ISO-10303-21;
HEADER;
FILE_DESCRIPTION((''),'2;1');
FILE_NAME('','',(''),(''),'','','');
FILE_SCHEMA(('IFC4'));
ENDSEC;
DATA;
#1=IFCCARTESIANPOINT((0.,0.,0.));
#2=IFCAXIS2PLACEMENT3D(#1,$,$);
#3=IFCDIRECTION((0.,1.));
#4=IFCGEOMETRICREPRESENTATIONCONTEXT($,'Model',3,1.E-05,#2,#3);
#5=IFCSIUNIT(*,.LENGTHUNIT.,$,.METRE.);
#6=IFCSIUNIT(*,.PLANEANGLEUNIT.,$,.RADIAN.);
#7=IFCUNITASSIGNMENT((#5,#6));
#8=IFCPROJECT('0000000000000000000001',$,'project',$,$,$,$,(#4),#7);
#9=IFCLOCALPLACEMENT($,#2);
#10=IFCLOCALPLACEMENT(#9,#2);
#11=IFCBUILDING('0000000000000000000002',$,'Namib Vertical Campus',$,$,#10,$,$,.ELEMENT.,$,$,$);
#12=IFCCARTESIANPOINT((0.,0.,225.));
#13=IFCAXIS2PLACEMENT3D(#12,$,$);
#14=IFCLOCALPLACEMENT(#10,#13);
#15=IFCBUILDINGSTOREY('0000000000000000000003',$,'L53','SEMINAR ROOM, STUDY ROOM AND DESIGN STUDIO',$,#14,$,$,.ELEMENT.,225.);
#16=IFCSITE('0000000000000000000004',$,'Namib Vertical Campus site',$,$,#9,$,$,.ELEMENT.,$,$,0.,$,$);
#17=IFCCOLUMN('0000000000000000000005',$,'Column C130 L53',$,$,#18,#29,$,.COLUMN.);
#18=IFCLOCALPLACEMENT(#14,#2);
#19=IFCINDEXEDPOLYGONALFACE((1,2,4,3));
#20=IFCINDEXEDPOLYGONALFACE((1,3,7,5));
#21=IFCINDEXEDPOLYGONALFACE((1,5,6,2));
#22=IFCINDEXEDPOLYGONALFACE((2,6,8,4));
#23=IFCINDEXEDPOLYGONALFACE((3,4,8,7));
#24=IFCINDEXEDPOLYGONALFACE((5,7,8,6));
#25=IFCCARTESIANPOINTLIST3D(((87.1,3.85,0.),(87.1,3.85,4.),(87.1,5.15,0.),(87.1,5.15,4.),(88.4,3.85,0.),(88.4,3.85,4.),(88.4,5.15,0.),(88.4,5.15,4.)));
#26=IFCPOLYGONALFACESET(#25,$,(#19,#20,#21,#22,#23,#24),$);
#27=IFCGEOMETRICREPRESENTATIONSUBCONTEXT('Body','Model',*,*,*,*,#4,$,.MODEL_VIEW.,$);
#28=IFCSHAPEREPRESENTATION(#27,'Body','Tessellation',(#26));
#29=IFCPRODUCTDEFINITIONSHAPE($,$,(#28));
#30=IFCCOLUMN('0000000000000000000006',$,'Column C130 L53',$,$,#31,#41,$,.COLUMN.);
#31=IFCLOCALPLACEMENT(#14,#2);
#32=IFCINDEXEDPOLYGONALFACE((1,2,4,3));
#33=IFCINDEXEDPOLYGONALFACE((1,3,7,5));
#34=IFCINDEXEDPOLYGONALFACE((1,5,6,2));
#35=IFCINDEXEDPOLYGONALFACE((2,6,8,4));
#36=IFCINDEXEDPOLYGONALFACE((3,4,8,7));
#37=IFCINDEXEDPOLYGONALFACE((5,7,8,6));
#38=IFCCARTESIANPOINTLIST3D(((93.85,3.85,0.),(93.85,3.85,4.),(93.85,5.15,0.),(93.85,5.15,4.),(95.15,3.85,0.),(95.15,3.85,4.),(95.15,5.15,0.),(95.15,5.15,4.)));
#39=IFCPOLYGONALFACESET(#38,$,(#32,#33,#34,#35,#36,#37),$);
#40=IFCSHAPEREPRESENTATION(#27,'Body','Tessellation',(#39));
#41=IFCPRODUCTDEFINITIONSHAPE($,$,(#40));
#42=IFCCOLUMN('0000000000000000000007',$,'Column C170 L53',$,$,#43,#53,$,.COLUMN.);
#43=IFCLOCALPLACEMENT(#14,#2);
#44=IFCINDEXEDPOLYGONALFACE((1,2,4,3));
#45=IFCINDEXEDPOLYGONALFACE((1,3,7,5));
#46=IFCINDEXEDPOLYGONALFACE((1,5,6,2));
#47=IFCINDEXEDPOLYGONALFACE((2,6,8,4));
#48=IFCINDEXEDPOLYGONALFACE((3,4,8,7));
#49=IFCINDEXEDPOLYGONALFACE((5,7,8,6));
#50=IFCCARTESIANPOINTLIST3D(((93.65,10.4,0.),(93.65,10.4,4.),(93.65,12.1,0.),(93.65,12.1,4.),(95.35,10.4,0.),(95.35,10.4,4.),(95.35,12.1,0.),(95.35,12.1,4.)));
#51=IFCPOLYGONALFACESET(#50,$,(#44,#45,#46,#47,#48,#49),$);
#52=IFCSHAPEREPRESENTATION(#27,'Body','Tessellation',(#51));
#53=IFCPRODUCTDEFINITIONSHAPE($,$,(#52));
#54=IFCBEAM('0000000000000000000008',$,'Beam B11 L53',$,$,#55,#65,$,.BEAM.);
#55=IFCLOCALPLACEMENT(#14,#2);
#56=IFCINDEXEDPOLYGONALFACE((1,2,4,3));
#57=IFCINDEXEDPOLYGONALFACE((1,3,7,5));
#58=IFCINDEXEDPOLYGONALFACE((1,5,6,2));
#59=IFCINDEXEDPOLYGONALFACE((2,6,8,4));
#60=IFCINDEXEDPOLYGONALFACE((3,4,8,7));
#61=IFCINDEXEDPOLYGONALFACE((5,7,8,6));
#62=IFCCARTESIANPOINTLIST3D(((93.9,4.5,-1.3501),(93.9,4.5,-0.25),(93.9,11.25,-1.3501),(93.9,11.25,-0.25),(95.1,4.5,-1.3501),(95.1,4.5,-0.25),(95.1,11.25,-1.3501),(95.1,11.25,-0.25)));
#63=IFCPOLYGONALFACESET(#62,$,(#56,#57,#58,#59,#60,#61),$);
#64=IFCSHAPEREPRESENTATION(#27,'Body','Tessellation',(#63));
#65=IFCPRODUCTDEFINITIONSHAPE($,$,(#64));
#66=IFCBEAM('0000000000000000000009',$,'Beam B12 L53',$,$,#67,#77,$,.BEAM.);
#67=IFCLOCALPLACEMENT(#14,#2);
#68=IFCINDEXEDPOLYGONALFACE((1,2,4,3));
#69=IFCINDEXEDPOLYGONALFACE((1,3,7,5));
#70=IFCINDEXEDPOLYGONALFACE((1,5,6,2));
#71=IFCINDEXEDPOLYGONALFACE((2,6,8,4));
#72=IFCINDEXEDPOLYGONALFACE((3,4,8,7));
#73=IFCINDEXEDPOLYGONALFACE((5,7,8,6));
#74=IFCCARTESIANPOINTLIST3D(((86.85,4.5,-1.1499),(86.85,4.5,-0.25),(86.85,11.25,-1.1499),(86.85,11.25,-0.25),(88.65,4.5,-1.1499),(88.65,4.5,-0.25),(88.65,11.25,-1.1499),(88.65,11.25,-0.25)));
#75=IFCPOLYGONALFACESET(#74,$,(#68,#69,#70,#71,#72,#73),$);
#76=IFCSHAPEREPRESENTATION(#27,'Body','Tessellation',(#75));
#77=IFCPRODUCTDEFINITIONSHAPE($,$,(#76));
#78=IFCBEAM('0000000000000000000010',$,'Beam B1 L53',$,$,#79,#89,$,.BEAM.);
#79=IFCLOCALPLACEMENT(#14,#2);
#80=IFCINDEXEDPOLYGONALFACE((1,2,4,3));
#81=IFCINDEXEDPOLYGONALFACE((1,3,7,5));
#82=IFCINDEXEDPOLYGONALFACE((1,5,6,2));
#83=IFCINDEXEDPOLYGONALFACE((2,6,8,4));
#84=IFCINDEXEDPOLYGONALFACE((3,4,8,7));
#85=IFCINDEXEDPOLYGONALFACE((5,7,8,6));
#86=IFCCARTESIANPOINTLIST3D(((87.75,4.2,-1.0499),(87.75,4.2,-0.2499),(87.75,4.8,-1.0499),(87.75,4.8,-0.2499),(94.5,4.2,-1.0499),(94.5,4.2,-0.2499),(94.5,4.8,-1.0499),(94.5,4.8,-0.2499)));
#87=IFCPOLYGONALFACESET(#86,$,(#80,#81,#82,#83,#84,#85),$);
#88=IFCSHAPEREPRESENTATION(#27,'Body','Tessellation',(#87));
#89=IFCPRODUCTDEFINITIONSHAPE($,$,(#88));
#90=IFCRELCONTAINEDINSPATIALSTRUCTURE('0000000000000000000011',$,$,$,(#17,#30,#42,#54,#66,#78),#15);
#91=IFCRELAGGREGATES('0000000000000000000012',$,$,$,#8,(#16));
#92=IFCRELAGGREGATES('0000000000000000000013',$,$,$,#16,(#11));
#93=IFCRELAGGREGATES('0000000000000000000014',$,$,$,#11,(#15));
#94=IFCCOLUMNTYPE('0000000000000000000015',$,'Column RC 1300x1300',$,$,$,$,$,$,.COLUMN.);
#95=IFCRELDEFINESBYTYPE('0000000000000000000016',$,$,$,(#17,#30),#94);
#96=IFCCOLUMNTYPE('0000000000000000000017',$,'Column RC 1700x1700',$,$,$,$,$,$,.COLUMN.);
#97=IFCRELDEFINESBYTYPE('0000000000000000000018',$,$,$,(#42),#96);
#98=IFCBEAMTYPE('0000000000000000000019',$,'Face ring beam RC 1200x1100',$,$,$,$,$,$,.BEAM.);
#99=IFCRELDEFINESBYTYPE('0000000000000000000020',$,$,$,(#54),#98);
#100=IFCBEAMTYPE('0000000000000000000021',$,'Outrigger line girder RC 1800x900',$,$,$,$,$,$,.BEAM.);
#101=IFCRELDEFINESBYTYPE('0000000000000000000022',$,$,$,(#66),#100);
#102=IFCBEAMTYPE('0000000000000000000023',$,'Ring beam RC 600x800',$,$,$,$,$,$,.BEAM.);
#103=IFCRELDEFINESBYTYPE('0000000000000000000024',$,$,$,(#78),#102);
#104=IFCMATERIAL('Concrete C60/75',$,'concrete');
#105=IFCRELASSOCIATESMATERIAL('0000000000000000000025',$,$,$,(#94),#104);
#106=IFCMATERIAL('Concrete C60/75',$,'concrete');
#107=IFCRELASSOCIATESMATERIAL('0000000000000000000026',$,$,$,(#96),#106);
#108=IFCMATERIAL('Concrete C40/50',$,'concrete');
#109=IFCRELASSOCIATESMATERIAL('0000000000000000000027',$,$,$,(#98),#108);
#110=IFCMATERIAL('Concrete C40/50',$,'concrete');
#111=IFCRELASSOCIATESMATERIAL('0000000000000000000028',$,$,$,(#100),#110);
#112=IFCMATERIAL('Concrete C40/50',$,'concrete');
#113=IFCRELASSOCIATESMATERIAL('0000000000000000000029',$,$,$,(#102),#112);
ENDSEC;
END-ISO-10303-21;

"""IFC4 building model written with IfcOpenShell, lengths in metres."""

from ifc_helpers import new_model, si_unit, direction, frame, origin, origin_2d, place, context, subcontext, project, spatial, rectangle, extrude, material, material_profile, profile_set, type_object, element, save


model = new_model("IFC4")

# Units and contexts
model_context = context("Model", 3, precision=1e-05, world=origin(), true_north=direction((0.0, 1.0)))
body_context = subcontext(model_context, "Body", "Model", "MODEL_VIEW")
ifc_project = project(units=[si_unit("LENGTHUNIT", "METRE"), si_unit("PLANEANGLEUNIT", "RADIAN")], contexts=[model_context])

# Site, building, storey
site_placement = place(None, origin())
site = spatial("IfcSite", under=ifc_project, at=site_placement, Name="Namib Vertical Campus site", CompositionType="ELEMENT", RefElevation=0.0)
building_placement = place(site_placement, origin())
building = spatial("IfcBuilding", under=site, at=building_placement, Name="Namib Vertical Campus", CompositionType="ELEMENT")
storey_placement = place(building_placement, frame((0.0, 0.0, 225.0)))
storey = spatial("IfcBuildingStorey", under=building, at=storey_placement, Name="L53", Description="SEMINAR ROOM, STUDY ROOM AND DESIGN STUDIO", CompositionType="ELEMENT", Elevation=225.0)

# Columns
ifc_material_1 = material(Name="Concrete C60/75", Category="concrete")
ifc_material_profile_1 = material_profile(ifc_material_1, rectangle(XDim=1.3, YDim=1.3, at=origin_2d()))
ifc_profile_set_1 = profile_set([ifc_material_profile_1], Name="Concrete C60/75")
column_type_1 = type_object("IfcColumnType", Name="Column RC 1300x1300", PredefinedType="COLUMN", material=ifc_profile_set_1)
for number, where, z_axis, x_axis, name in (
    (1, (87.75, 4.5, 0.0), (0.0, 0.0, 1.0), (1.0, 0.0, 0.0), "Column C130 L53"),
    (2, (94.5, 4.5, 0.0), (0.0, 0.0, 1.0), (1.0, 0.0, 0.0), "Column C130 L53"),
):
    element("IfcColumn", number, at=place(storey_placement, frame(where, z_axis=z_axis, x_axis=x_axis)), inside=storey, type_object=column_type_1, Name=name, PredefinedType="COLUMN", context=body_context, shape_type="SweptSolid", body=[
        extrude(rectangle(XDim=1.3, YDim=1.3, at=origin_2d()), origin(), (0.0, 0.0, 1.0), 4.0),
    ])
ifc_material_2 = material(Name="Concrete C60/75", Category="concrete")
ifc_material_profile_2 = material_profile(ifc_material_2, rectangle(XDim=1.7, YDim=1.7, at=origin_2d()))
ifc_profile_set_2 = profile_set([ifc_material_profile_2], Name="Concrete C60/75")
column_type_2 = type_object("IfcColumnType", Name="Column RC 1700x1700", PredefinedType="COLUMN", material=ifc_profile_set_2)
column_placement = place(storey_placement, frame((94.5, 11.25, 0.0), z_axis=(0.0, 0.0, 1.0), x_axis=(1.0, 0.0, 0.0)))
element("IfcColumn", 3, at=column_placement, inside=storey, type_object=column_type_2, Name="Column C170 L53", PredefinedType="COLUMN", context=body_context, shape_type="SweptSolid", body=[
    extrude(rectangle(XDim=1.7, YDim=1.7, at=origin_2d()), origin(), (0.0, 0.0, 1.0), 4.0),
])

# Beams
ifc_material_3 = material(Name="Concrete C40/50", Category="concrete")
ifc_material_profile_3 = material_profile(ifc_material_3, rectangle(XDim=1.2, YDim=1.1001, at=origin_2d()))
ifc_profile_set_3 = profile_set([ifc_material_profile_3], Name="Concrete C40/50")
beam_type_1 = type_object("IfcBeamType", Name="Face ring beam RC 1200x1100", PredefinedType="BEAM", material=ifc_profile_set_3)
beam_1_placement = place(storey_placement, frame((94.5, 4.5, -0.8), z_axis=(0.0, 1.0, 0.0), x_axis=(-1.0, 0.0, 0.0)))
element("IfcBeam", 4, at=beam_1_placement, inside=storey, type_object=beam_type_1, Name="Beam B11 L53", PredefinedType="BEAM", context=body_context, shape_type="SweptSolid", body=[
    extrude(rectangle(XDim=1.2, YDim=1.1001, at=origin_2d()), origin(), (0.0, 0.0, 1.0), 6.75),
])
ifc_material_4 = material(Name="Concrete C40/50", Category="concrete")
ifc_material_profile_4 = material_profile(ifc_material_4, rectangle(XDim=1.8, YDim=0.8999, at=origin_2d()))
ifc_profile_set_4 = profile_set([ifc_material_profile_4], Name="Concrete C40/50")
beam_type_2 = type_object("IfcBeamType", Name="Outrigger line girder RC 1800x900", PredefinedType="BEAM", material=ifc_profile_set_4)
beam_2_placement = place(storey_placement, frame((87.75, 4.5, -0.7), z_axis=(0.0, 1.0, 0.0), x_axis=(-1.0, 0.0, 0.0)))
element("IfcBeam", 5, at=beam_2_placement, inside=storey, type_object=beam_type_2, Name="Beam B12 L53", PredefinedType="BEAM", context=body_context, shape_type="SweptSolid", body=[
    extrude(rectangle(XDim=1.8, YDim=0.8999, at=origin_2d()), origin(), (0.0, 0.0, 1.0), 6.75),
])
ifc_material_5 = material(Name="Concrete C40/50", Category="concrete")
ifc_material_profile_5 = material_profile(ifc_material_5, rectangle(XDim=0.6001, YDim=0.8, at=origin_2d()))
ifc_profile_set_5 = profile_set([ifc_material_profile_5], Name="Concrete C40/50")
beam_type_3 = type_object("IfcBeamType", Name="Ring beam RC 600x800", PredefinedType="BEAM", material=ifc_profile_set_5)
beam_3_placement = place(storey_placement, frame((87.75, 4.5, -0.6499), z_axis=(1.0, 0.0, 0.0), x_axis=(0.0, 1.0, 0.0)))
element("IfcBeam", 6, at=beam_3_placement, inside=storey, type_object=beam_type_3, Name="Beam B1 L53", PredefinedType="BEAM", context=body_context, shape_type="SweptSolid", body=[
    extrude(rectangle(XDim=0.6001, YDim=0.8, at=origin_2d()), origin(), (0.0, 0.0, 1.0), 6.75),
])

save(model, "model.ifc")
